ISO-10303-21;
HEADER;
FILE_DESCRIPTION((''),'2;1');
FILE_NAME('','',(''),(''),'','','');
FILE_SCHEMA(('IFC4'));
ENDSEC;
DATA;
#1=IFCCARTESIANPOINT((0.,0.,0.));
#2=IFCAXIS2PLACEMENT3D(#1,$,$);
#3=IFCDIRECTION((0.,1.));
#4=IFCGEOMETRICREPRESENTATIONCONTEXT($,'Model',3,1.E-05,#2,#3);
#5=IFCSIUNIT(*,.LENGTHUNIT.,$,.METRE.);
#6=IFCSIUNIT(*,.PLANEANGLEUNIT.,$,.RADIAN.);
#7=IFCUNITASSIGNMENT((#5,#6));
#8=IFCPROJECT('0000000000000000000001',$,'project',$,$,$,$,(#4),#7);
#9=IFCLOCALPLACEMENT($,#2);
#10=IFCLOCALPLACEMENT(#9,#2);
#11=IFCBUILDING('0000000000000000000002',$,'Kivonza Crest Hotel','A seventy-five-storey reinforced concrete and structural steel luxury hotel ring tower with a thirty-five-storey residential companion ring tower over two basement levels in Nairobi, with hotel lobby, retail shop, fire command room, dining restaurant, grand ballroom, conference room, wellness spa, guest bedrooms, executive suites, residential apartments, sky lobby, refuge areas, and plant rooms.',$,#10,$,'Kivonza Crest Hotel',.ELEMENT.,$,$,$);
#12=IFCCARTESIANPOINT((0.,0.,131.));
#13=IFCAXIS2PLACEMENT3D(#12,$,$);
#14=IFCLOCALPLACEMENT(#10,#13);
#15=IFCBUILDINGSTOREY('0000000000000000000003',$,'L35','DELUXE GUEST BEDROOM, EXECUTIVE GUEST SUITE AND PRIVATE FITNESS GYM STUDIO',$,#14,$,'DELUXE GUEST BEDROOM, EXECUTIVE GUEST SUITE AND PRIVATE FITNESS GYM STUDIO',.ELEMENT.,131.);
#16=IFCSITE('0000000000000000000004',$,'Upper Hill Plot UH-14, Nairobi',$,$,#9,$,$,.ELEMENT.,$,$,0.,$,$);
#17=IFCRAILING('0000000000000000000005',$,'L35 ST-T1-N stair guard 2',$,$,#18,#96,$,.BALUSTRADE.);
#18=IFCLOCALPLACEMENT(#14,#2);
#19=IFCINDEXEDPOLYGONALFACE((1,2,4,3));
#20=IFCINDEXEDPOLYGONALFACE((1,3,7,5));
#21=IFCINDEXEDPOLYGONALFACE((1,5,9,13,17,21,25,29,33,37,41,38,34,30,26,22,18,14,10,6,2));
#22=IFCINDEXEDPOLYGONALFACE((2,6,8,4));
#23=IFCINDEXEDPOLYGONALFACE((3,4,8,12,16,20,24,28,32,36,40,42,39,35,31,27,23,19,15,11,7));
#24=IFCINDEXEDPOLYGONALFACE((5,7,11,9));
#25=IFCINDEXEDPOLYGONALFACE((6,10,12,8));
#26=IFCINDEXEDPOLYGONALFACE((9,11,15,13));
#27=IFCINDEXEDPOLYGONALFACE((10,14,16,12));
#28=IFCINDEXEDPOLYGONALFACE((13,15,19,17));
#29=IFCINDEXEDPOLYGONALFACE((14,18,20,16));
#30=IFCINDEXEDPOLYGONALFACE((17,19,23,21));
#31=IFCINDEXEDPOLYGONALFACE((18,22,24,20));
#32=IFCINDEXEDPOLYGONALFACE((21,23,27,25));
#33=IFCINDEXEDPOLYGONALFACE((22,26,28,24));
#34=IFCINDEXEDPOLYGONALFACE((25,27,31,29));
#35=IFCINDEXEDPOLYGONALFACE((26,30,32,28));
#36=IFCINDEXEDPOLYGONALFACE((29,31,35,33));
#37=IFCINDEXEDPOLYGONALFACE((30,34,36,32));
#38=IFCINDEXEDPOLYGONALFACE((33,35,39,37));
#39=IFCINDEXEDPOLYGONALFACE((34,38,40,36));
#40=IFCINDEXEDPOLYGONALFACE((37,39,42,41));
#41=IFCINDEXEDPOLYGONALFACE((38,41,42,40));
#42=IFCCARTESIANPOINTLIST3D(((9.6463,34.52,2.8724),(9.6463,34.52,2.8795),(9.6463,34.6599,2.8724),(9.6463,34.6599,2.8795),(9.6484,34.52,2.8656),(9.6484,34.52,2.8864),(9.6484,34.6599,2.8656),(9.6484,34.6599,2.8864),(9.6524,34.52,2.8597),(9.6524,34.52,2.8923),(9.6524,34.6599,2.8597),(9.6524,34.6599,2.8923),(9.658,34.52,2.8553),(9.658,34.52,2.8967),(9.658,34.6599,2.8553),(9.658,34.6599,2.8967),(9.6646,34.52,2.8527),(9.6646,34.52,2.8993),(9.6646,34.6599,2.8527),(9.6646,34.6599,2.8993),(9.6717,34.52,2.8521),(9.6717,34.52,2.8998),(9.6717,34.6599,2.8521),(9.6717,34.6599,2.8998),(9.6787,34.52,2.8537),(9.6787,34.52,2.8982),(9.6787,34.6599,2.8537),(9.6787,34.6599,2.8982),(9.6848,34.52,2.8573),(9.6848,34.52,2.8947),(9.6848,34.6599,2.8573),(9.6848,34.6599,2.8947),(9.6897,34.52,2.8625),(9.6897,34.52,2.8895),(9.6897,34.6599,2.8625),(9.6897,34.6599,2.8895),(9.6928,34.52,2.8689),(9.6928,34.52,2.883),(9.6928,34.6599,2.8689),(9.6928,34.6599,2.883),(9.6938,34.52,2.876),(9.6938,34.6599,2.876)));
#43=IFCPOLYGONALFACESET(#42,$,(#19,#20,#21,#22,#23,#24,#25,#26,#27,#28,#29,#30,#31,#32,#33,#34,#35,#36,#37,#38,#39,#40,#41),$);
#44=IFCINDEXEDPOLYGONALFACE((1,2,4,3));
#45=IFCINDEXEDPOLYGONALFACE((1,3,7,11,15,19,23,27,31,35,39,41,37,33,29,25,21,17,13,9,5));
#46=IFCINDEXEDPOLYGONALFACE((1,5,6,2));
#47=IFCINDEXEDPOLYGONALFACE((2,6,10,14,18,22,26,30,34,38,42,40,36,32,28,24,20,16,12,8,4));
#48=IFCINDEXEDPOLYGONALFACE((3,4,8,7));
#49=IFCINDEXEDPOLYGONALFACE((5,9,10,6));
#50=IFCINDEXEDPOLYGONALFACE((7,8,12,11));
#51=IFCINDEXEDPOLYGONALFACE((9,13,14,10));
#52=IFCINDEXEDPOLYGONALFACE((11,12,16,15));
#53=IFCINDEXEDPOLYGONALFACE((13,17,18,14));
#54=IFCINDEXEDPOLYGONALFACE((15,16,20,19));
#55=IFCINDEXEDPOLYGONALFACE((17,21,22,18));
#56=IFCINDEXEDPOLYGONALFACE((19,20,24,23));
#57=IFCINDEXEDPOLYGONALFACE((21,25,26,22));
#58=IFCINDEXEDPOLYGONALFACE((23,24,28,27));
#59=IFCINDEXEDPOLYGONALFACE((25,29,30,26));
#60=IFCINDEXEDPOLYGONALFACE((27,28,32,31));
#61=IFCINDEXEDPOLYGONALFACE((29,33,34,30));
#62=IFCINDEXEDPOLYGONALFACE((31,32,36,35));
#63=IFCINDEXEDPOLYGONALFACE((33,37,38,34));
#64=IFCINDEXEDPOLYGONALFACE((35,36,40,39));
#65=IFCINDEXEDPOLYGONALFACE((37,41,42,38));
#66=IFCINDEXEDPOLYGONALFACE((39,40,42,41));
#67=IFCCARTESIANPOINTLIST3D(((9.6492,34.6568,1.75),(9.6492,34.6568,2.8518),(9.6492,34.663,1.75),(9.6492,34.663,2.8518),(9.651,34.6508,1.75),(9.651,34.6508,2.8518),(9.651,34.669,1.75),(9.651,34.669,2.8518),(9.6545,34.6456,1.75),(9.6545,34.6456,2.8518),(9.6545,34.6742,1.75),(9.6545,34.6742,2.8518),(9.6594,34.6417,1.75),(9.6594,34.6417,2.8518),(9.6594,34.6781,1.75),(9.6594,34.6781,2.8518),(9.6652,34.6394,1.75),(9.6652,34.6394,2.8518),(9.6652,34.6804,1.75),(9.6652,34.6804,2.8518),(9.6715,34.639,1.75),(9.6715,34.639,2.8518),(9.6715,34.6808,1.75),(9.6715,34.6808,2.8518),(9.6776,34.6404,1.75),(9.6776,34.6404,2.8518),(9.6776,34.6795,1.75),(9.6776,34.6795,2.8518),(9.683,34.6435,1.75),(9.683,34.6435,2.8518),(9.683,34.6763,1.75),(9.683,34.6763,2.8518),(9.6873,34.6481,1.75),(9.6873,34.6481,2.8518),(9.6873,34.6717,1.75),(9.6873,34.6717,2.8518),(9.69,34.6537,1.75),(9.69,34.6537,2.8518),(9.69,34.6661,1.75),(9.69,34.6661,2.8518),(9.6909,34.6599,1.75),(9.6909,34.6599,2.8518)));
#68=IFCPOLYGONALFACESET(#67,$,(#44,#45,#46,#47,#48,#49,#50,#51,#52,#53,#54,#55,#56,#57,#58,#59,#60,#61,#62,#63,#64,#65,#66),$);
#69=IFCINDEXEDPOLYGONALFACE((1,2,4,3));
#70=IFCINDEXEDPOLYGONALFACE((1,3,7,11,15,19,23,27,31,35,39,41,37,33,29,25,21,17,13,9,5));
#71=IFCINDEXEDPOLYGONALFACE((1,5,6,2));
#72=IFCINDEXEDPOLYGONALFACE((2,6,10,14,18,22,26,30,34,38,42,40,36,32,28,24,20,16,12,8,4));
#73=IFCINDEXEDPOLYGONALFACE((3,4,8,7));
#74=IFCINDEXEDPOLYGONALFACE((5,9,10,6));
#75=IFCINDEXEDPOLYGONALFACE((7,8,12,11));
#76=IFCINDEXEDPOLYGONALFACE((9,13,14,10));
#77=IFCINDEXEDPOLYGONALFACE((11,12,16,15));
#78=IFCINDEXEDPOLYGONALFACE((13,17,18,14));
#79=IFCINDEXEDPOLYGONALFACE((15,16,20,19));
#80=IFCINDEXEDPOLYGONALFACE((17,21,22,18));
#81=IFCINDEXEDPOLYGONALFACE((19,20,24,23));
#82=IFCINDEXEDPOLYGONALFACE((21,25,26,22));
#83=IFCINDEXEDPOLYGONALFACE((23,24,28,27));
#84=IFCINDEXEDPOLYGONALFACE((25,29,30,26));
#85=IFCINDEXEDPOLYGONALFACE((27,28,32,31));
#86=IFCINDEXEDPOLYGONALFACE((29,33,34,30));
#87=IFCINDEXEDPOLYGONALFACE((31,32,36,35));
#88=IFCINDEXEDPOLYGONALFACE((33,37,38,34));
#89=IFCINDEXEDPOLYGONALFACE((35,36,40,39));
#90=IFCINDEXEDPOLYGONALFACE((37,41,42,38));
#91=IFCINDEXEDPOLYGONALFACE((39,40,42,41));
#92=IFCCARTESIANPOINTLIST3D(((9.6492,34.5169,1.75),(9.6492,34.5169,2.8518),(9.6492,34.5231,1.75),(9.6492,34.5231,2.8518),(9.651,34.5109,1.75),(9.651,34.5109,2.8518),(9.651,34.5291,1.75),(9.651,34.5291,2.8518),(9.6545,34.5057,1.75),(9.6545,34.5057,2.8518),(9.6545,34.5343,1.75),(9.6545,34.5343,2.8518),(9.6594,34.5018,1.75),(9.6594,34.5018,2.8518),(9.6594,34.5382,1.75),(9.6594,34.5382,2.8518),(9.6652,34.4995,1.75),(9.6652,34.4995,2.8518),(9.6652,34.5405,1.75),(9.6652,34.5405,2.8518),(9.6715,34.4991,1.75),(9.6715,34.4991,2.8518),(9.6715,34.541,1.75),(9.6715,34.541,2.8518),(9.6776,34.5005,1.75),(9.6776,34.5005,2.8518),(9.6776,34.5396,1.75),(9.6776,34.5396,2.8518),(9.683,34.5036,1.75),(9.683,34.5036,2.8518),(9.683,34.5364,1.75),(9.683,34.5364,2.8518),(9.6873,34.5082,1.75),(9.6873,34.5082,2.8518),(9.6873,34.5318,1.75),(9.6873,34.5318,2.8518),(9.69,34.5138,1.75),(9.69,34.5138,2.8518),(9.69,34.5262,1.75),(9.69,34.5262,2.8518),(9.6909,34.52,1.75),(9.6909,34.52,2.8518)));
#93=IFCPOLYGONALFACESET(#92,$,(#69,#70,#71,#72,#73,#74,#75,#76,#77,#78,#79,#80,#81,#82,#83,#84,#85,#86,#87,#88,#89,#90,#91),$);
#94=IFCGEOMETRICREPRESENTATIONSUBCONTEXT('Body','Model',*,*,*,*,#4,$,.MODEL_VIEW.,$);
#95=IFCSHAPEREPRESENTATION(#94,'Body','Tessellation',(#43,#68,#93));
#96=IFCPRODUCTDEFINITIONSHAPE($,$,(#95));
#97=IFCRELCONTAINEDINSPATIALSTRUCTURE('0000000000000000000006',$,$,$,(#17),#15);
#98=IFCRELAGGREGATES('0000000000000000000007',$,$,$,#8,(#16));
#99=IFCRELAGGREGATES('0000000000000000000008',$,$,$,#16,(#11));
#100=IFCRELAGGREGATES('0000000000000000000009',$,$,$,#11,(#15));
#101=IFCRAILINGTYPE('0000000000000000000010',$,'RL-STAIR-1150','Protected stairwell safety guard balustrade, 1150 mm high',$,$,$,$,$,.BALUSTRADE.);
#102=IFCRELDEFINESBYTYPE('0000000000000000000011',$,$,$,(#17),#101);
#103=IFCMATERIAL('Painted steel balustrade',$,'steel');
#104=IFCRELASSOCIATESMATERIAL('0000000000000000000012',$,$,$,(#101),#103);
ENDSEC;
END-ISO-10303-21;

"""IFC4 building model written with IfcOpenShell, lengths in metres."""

from ifc_helpers import new_model, si_unit, direction, frame, origin, origin_2d, place, context, subcontext, project, spatial, circle, extrude, material, type_object, element, save


model = new_model("IFC4")

# Units and contexts
model_context = context("Model", 3, precision=1e-05, world=origin(), true_north=direction((0.0, 1.0)))
body_context = subcontext(model_context, "Body", "Model", "MODEL_VIEW")
ifc_project = project(units=[si_unit("LENGTHUNIT", "METRE"), si_unit("PLANEANGLEUNIT", "RADIAN")], contexts=[model_context])

# Site, building, storey
site_placement = place(None, origin())
site = spatial("IfcSite", under=ifc_project, at=site_placement, Name="Upper Hill Plot UH-14, Nairobi", CompositionType="ELEMENT", RefElevation=0.0)
building_placement = place(site_placement, origin())
building = spatial("IfcBuilding", under=site, at=building_placement, Name="Kivonza Crest Hotel", Description="A seventy-five-storey reinforced concrete and structural steel luxury hotel ring tower with a thirty-five-storey residential companion ring tower over two basement levels in Nairobi, with hotel lobby, retail shop, fire command room, dining restaurant, grand ballroom, conference room, wellness spa, guest bedrooms, executive suites, residential apartments, sky lobby, refuge areas, and plant rooms.", LongName="Kivonza Crest Hotel", CompositionType="ELEMENT")
storey_placement = place(building_placement, frame((0.0, 0.0, 131.0)))
storey = spatial("IfcBuildingStorey", under=building, at=storey_placement, Name="L35", Description="DELUXE GUEST BEDROOM, EXECUTIVE GUEST SUITE AND PRIVATE FITNESS GYM STUDIO", LongName="DELUXE GUEST BEDROOM, EXECUTIVE GUEST SUITE AND PRIVATE FITNESS GYM STUDIO", CompositionType="ELEMENT", Elevation=131.0)

# Railing
ifc_material_1 = material(Name="Painted steel balustrade", Category="steel")
railing_type = type_object("IfcRailingType", Name="RL-STAIR-1150", Description="Protected stairwell safety guard balustrade, 1150 mm high", PredefinedType="BALUSTRADE", material=ifc_material_1)
railing_1_placement = place(storey_placement, frame((9.6699, 34.6599, 1.75)))
element("IfcRailing", 1, at=railing_1_placement, inside=storey, type_object=railing_type, Name="L35 ST-T1-N stair guard 2", PredefinedType="BALUSTRADE", context=body_context, shape_type="SweptSolid", body=[
    extrude(circle(Radius=0.0239, at=origin_2d()), frame((0.0, 0.0, 1.126), z_axis=(0.0, -1.0, 0.0), x_axis=(1.0, 0.0, 0.0)), (0.0, 0.0, 1.0), 0.1399),
    extrude(circle(Radius=0.021, at=origin_2d()), origin(), (0.0, 0.0, 1.0), 1.1018),
    extrude(circle(Radius=0.021, at=origin_2d()), frame((0.0, -0.1399, 0.0)), (0.0, 0.0, 1.0), 1.1018),
])

save(model, "model.ifc")
